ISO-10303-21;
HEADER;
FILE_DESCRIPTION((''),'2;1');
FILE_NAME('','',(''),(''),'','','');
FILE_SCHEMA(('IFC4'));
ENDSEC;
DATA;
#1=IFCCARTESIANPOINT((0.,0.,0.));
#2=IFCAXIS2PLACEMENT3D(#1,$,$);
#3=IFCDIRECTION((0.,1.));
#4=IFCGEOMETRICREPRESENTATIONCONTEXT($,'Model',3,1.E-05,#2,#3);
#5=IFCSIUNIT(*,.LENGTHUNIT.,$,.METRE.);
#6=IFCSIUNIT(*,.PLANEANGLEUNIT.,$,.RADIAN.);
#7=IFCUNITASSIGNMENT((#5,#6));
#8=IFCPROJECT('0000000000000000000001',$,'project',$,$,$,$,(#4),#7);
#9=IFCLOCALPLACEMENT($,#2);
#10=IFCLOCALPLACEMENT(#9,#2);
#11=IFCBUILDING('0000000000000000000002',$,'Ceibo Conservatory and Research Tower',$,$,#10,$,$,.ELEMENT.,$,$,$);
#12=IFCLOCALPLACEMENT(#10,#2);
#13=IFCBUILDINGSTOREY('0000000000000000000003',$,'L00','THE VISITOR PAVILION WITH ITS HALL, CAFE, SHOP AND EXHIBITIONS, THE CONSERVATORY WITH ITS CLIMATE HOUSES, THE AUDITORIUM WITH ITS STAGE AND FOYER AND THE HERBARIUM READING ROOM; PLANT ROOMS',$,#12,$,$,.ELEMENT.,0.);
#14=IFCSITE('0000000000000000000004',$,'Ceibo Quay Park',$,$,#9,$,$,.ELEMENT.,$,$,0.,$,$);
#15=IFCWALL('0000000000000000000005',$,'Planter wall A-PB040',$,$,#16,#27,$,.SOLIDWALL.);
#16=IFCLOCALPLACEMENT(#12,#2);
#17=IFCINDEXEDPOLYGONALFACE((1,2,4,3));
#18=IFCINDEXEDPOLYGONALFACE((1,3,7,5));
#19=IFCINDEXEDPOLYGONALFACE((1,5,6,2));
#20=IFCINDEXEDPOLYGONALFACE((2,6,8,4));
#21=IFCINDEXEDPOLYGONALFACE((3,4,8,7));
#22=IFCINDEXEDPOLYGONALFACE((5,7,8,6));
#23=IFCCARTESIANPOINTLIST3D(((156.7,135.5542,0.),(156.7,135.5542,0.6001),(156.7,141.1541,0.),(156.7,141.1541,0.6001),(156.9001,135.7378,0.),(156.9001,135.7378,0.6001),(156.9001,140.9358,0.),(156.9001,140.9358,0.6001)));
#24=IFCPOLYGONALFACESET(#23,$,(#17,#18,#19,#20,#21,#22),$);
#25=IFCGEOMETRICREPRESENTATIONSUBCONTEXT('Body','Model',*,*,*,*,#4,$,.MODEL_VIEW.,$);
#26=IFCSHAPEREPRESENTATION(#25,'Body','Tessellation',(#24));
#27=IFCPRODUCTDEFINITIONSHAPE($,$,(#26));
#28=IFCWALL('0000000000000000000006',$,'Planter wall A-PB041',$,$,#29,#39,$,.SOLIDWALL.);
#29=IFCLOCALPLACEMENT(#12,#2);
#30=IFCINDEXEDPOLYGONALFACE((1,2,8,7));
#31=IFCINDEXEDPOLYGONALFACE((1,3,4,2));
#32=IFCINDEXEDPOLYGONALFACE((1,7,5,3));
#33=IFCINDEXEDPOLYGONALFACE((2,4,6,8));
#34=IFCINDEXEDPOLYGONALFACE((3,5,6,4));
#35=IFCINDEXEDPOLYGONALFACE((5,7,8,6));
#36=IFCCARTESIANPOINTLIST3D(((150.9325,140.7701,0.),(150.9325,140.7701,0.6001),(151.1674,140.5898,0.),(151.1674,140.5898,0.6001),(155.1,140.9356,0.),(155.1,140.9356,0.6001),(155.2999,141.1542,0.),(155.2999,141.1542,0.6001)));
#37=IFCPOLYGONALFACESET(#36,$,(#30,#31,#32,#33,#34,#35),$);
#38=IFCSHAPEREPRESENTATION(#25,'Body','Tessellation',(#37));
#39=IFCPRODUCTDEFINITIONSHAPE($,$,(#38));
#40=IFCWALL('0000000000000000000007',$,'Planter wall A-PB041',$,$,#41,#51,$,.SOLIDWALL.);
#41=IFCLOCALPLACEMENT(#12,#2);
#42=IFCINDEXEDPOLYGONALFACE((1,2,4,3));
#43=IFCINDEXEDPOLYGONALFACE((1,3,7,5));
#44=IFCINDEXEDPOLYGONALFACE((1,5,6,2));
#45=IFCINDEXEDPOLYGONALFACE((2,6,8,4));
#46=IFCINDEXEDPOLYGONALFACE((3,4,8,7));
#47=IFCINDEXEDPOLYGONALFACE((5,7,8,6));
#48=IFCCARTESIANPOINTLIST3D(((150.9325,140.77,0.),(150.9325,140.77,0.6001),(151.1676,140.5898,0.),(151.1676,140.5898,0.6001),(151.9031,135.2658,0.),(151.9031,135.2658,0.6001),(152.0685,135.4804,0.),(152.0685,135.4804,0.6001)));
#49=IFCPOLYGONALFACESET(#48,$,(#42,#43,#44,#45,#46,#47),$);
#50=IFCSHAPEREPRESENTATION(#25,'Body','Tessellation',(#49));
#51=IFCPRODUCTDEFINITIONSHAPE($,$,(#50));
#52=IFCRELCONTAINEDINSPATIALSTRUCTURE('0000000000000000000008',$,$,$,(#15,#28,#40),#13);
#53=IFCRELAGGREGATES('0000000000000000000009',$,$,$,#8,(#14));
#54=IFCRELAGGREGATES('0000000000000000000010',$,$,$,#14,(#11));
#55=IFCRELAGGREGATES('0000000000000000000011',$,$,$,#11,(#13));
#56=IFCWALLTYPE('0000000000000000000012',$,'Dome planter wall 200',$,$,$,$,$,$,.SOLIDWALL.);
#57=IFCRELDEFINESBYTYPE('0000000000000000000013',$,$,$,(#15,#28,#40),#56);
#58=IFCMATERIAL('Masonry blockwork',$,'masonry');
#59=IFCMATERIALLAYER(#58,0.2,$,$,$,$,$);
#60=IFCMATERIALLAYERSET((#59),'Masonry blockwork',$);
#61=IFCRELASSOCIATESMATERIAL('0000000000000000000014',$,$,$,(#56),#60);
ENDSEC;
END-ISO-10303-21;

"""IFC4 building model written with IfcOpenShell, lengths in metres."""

from ifc_helpers import new_model, si_unit, direction, frame, origin, place, context, subcontext, project, spatial, polyline, outline, extrude, material, layer, layer_set, type_object, element, save


model = new_model("IFC4")

# Units and contexts
model_context = context("Model", 3, precision=1e-05, world=origin(), true_north=direction((0.0, 1.0)))
body_context = subcontext(model_context, "Body", "Model", "MODEL_VIEW")
ifc_project = project(units=[si_unit("LENGTHUNIT", "METRE"), si_unit("PLANEANGLEUNIT", "RADIAN")], contexts=[model_context])

# Site, building, storey
site_placement = place(None, origin())
site = spatial("IfcSite", under=ifc_project, at=site_placement, Name="Ceibo Quay Park", CompositionType="ELEMENT", RefElevation=0.0)
building_placement = place(site_placement, origin())
building = spatial("IfcBuilding", under=site, at=building_placement, Name="Ceibo Conservatory and Research Tower", CompositionType="ELEMENT")
storey_placement = place(building_placement, origin())
storey = spatial("IfcBuildingStorey", under=building, at=storey_placement, Name="L00", Description="THE VISITOR PAVILION WITH ITS HALL, CAFE, SHOP AND EXHIBITIONS, THE CONSERVATORY WITH ITS CLIMATE HOUSES, THE AUDITORIUM WITH ITS STAGE AND FOYER AND THE HERBARIUM READING ROOM; PLANT ROOMS", CompositionType="ELEMENT", Elevation=0.0)

# Walls
ifc_material_1 = material(Name="Masonry blockwork", Category="masonry")
ifc_layer_1 = layer(ifc_material_1, 0.2)
ifc_layer_set_1 = layer_set([ifc_layer_1], Name="Masonry blockwork")
wall_type_1 = type_object("IfcWallType", Name="Dome planter wall 200", PredefinedType="SOLIDWALL", material=ifc_layer_set_1)
wall_1_placement = place(storey_placement, frame((156.8, 141.0449, 0.0), z_axis=(0.0, 0.0, 1.0), x_axis=(0.0, -1.0, 0.0)))
element("IfcWall", 1, at=wall_1_placement, inside=storey, type_object=wall_type_1, Name="Planter wall A-PB040", PredefinedType="SOLIDWALL", context=body_context, shape_type="SweptSolid", body=[
    extrude(outline(polyline([(-0.1091, -0.1001), (5.4907, -0.1001), (5.3071, 0.1001), (0.1091, 0.1001), (-0.1091, -0.1001)])), origin(), (0.0, 0.0, 1.0), 0.6001),
])
wall_2_placement = place(storey_placement, frame((155.2, 141.0449, 0.0), z_axis=(0.0, 0.0, 1.0), x_axis=(-0.996155, -0.087613, 0.0)))
element("IfcWall", 2, at=wall_2_placement, inside=storey, type_object=wall_type_1, Name="Planter wall A-PB041", PredefinedType="SOLIDWALL", context=body_context, shape_type="SweptSolid", body=[
    extrude(outline(polyline([(-0.1091, -0.1001), (4.2751, -0.1001), (4.0569, 0.1001), (0.1091, 0.1001), (-0.1091, -0.1001)])), origin(), (0.0, 0.0, 1.0), 0.6001),
])
wall_3_placement = place(storey_placement, frame((151.05, 140.6799, 0.0), z_axis=(0.0, 0.0, 1.0), x_axis=(0.173656, -0.984806, 0.0)))
element("IfcWall", 3, at=wall_3_placement, inside=storey, type_object=wall_type_1, Name="Planter wall A-PB041", PredefinedType="SOLIDWALL", context=body_context, shape_type="SweptSolid", body=[
    extrude(outline(polyline([(-0.1091, -0.1001), (5.48, -0.1001), (5.2974, 0.1001), (0.1091, 0.1001), (-0.1091, -0.1001)])), origin(), (0.0, 0.0, 1.0), 0.6001),
])

save(model, "model.ifc")
